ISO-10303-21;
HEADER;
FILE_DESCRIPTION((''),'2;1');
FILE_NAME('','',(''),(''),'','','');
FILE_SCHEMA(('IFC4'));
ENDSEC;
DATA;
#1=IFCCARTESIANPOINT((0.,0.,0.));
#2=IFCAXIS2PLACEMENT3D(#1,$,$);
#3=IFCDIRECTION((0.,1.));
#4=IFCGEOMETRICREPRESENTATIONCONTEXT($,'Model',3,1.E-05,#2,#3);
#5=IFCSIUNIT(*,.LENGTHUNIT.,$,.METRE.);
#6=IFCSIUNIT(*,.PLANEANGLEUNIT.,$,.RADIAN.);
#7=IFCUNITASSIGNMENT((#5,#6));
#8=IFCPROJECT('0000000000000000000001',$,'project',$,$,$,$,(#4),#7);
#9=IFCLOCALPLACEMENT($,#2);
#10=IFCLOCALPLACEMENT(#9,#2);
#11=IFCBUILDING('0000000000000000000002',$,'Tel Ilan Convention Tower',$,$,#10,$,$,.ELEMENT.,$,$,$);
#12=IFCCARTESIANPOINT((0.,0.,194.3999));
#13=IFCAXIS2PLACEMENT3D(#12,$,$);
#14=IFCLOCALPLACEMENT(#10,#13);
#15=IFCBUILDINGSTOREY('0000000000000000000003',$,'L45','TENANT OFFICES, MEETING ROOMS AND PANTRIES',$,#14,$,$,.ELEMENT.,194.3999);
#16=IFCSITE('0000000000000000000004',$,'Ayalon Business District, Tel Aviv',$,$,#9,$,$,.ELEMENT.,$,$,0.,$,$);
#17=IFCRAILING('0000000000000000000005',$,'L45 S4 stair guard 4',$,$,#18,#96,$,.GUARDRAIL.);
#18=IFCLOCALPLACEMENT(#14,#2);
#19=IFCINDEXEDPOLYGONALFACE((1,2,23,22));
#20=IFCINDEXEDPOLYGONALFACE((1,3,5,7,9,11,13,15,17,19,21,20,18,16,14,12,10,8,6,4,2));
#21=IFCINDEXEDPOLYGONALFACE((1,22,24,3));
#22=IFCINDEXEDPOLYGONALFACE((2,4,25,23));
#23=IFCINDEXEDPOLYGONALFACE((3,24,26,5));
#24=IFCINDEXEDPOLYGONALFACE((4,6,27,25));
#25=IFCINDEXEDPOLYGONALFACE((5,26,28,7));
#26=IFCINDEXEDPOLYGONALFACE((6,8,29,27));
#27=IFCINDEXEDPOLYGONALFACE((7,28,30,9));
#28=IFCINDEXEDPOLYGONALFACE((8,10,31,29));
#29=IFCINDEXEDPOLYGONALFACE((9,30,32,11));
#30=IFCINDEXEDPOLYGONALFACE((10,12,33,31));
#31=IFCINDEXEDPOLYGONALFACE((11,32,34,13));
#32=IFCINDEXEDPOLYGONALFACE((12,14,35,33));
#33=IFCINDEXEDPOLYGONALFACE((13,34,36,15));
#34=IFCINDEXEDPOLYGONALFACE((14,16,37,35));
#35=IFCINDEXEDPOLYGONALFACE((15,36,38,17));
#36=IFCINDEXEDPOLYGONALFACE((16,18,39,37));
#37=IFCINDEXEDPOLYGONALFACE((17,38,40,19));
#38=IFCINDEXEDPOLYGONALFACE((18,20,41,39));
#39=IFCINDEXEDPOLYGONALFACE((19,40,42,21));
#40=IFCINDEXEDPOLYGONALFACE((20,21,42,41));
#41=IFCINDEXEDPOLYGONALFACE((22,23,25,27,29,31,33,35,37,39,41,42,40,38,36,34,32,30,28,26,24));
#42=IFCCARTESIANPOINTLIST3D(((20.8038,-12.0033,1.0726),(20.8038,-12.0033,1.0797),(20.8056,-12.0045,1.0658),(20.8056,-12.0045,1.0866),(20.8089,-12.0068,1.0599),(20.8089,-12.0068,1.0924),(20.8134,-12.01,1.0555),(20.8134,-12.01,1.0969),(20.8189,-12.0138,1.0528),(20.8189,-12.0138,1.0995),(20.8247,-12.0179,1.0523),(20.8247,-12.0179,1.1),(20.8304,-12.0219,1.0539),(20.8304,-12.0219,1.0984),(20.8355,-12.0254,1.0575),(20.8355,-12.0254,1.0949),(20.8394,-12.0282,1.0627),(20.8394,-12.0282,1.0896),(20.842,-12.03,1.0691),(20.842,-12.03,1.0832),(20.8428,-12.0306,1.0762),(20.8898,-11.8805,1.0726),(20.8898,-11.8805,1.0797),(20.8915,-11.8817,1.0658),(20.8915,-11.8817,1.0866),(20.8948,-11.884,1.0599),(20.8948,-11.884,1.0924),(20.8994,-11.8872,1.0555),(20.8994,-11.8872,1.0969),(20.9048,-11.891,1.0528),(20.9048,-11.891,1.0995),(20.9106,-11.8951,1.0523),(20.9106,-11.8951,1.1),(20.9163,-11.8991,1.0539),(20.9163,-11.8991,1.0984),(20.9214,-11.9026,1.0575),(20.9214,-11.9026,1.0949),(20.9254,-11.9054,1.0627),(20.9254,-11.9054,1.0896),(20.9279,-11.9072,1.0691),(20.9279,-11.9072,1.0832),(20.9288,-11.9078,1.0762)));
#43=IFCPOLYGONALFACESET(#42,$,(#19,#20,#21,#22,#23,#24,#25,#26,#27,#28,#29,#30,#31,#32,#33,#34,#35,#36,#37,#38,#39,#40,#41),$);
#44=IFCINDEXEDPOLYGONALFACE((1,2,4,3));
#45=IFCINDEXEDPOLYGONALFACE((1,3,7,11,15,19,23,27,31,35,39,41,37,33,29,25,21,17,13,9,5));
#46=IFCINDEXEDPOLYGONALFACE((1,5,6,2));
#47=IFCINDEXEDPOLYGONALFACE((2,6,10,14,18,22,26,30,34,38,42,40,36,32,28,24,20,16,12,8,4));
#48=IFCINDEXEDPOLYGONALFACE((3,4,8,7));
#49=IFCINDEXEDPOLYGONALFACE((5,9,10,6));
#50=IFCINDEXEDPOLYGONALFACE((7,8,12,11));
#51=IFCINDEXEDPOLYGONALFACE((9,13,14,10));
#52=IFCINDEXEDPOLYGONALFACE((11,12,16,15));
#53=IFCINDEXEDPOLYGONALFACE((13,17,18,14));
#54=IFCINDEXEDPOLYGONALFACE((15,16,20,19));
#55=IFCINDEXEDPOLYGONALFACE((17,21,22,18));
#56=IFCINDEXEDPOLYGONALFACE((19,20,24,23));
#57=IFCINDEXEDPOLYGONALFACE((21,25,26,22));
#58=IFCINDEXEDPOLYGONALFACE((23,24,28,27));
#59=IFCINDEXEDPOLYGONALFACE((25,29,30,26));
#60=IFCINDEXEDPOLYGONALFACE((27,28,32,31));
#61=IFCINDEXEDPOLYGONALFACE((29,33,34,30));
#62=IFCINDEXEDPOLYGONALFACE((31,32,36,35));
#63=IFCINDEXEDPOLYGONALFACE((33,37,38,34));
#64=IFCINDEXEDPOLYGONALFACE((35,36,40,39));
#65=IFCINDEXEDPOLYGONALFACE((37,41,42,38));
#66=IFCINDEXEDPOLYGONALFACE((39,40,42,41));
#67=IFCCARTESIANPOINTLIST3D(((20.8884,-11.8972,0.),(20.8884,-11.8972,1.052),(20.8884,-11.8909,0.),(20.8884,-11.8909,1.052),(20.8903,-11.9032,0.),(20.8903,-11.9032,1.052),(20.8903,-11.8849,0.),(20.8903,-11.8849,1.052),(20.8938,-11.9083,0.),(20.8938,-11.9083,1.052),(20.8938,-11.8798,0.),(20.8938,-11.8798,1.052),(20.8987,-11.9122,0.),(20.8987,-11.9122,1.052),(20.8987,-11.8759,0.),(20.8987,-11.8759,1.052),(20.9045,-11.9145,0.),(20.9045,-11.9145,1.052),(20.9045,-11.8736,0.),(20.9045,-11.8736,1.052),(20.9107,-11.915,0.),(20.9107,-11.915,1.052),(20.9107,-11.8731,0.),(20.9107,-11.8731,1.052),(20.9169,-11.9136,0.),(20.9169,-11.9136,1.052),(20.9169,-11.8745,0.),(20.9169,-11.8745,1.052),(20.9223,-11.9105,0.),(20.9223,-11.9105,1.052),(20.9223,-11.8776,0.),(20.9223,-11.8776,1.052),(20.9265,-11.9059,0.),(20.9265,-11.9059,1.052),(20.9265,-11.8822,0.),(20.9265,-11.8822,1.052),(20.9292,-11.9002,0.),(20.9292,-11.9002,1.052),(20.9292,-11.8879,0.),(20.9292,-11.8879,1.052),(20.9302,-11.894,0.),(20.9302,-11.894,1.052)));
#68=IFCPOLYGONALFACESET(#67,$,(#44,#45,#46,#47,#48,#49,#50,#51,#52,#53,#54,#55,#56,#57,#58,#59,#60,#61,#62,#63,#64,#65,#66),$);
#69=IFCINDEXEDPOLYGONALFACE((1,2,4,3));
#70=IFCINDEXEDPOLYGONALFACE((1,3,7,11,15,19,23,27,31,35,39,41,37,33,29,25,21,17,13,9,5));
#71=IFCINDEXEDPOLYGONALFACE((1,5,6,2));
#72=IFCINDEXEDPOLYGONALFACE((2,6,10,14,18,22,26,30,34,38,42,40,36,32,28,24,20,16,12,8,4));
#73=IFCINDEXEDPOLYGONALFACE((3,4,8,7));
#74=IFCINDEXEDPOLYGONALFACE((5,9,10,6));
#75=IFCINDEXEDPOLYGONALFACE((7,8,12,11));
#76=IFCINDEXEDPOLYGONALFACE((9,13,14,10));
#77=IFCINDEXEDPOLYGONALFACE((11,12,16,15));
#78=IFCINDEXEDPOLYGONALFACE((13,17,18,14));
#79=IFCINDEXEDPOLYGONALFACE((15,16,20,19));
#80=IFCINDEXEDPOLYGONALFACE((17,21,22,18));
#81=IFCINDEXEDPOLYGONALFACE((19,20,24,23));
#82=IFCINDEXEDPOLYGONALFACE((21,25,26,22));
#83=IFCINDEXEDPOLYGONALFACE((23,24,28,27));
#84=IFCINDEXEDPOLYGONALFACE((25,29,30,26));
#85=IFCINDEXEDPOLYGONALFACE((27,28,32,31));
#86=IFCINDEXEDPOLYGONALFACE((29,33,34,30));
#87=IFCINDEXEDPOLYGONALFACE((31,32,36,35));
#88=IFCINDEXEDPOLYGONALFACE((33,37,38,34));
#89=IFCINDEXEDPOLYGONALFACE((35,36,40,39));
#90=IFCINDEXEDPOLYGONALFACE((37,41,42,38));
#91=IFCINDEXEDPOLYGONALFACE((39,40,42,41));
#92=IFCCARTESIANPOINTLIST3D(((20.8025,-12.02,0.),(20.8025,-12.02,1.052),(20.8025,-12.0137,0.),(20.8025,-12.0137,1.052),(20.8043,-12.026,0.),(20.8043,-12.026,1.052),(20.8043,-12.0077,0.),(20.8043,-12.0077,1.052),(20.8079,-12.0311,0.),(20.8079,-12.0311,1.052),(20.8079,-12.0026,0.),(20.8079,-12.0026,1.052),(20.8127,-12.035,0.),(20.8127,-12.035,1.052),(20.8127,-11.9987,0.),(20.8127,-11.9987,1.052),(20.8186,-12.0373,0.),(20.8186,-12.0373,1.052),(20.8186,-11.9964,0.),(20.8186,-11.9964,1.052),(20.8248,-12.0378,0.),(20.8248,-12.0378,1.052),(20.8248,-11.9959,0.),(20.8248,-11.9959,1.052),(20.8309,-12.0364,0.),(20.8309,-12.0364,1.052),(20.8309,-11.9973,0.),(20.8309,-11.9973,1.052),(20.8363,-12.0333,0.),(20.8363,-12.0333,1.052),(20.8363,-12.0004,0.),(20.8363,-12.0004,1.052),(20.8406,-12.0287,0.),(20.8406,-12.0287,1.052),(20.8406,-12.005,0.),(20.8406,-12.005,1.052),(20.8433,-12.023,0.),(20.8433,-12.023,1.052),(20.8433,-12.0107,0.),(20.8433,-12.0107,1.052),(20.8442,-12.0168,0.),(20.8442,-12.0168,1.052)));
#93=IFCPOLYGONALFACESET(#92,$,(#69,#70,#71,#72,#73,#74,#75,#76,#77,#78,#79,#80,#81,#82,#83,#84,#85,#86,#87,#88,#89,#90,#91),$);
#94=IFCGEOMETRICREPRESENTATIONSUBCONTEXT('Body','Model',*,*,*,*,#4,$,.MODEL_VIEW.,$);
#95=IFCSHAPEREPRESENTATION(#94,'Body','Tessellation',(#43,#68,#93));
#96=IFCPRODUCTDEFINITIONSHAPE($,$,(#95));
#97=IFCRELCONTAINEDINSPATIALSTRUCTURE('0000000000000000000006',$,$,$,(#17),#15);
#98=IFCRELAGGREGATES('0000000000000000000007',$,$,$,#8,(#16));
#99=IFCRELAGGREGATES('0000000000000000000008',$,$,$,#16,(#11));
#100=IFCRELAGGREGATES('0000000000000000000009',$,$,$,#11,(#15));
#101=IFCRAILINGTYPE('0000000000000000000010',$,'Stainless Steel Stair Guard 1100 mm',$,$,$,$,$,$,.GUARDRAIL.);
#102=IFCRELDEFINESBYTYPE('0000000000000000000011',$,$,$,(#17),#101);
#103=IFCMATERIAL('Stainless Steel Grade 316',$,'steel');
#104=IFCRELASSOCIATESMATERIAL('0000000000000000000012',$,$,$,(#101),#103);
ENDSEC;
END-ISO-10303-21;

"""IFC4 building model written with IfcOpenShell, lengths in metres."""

from ifc_helpers import new_model, si_unit, direction, frame, origin, origin_2d, place, context, subcontext, project, spatial, circle, extrude, material, type_object, element, save


model = new_model("IFC4")

# Units and contexts
model_context = context("Model", 3, precision=1e-05, world=origin(), true_north=direction((0.0, 1.0)))
body_context = subcontext(model_context, "Body", "Model", "MODEL_VIEW")
ifc_project = project(units=[si_unit("LENGTHUNIT", "METRE"), si_unit("PLANEANGLEUNIT", "RADIAN")], contexts=[model_context])

# Site, building, storey
site_placement = place(None, origin())
site = spatial("IfcSite", under=ifc_project, at=site_placement, Name="Ayalon Business District, Tel Aviv", CompositionType="ELEMENT", RefElevation=0.0)
building_placement = place(site_placement, origin())
building = spatial("IfcBuilding", under=site, at=building_placement, Name="Tel Ilan Convention Tower", CompositionType="ELEMENT")
storey_placement = place(building_placement, frame((0.0, 0.0, 194.3999)))
storey = spatial("IfcBuildingStorey", under=building, at=storey_placement, Name="L45", Description="TENANT OFFICES, MEETING ROOMS AND PANTRIES", CompositionType="ELEMENT", Elevation=194.3999)

# Railing
ifc_material_1 = material(Name="Stainless Steel Grade 316", Category="steel")
railing_type_1 = type_object("IfcRailingType", Name="Stainless Steel Stair Guard 1100 mm", PredefinedType="GUARDRAIL", material=ifc_material_1)
railing_1_placement = place(storey_placement, frame((20.9092, -11.894, 0.0)))
element("IfcRailing", 1, at=railing_1_placement, inside=storey, type_object=railing_type_1, Name="L45 S4 stair guard 4", PredefinedType="GUARDRAIL", context=body_context, shape_type="SweptSolid", body=[
    extrude(circle(Radius=0.0239, at=origin_2d()), frame((0.0, 0.0, 1.0762), z_axis=(-0.573353, -0.819308, 0.0), x_axis=(0.819308, -0.573353, 0.0)), (0.0, 0.0, 1.0), 0.1499),
    extrude(circle(Radius=0.021, at=origin_2d()), origin(), (0.0, 0.0, 1.0), 1.052),
    extrude(circle(Radius=0.021, at=origin_2d()), frame((-0.0859, -0.1228, 0.0)), (0.0, 0.0, 1.0), 1.052),
])

save(model, "model.ifc")
